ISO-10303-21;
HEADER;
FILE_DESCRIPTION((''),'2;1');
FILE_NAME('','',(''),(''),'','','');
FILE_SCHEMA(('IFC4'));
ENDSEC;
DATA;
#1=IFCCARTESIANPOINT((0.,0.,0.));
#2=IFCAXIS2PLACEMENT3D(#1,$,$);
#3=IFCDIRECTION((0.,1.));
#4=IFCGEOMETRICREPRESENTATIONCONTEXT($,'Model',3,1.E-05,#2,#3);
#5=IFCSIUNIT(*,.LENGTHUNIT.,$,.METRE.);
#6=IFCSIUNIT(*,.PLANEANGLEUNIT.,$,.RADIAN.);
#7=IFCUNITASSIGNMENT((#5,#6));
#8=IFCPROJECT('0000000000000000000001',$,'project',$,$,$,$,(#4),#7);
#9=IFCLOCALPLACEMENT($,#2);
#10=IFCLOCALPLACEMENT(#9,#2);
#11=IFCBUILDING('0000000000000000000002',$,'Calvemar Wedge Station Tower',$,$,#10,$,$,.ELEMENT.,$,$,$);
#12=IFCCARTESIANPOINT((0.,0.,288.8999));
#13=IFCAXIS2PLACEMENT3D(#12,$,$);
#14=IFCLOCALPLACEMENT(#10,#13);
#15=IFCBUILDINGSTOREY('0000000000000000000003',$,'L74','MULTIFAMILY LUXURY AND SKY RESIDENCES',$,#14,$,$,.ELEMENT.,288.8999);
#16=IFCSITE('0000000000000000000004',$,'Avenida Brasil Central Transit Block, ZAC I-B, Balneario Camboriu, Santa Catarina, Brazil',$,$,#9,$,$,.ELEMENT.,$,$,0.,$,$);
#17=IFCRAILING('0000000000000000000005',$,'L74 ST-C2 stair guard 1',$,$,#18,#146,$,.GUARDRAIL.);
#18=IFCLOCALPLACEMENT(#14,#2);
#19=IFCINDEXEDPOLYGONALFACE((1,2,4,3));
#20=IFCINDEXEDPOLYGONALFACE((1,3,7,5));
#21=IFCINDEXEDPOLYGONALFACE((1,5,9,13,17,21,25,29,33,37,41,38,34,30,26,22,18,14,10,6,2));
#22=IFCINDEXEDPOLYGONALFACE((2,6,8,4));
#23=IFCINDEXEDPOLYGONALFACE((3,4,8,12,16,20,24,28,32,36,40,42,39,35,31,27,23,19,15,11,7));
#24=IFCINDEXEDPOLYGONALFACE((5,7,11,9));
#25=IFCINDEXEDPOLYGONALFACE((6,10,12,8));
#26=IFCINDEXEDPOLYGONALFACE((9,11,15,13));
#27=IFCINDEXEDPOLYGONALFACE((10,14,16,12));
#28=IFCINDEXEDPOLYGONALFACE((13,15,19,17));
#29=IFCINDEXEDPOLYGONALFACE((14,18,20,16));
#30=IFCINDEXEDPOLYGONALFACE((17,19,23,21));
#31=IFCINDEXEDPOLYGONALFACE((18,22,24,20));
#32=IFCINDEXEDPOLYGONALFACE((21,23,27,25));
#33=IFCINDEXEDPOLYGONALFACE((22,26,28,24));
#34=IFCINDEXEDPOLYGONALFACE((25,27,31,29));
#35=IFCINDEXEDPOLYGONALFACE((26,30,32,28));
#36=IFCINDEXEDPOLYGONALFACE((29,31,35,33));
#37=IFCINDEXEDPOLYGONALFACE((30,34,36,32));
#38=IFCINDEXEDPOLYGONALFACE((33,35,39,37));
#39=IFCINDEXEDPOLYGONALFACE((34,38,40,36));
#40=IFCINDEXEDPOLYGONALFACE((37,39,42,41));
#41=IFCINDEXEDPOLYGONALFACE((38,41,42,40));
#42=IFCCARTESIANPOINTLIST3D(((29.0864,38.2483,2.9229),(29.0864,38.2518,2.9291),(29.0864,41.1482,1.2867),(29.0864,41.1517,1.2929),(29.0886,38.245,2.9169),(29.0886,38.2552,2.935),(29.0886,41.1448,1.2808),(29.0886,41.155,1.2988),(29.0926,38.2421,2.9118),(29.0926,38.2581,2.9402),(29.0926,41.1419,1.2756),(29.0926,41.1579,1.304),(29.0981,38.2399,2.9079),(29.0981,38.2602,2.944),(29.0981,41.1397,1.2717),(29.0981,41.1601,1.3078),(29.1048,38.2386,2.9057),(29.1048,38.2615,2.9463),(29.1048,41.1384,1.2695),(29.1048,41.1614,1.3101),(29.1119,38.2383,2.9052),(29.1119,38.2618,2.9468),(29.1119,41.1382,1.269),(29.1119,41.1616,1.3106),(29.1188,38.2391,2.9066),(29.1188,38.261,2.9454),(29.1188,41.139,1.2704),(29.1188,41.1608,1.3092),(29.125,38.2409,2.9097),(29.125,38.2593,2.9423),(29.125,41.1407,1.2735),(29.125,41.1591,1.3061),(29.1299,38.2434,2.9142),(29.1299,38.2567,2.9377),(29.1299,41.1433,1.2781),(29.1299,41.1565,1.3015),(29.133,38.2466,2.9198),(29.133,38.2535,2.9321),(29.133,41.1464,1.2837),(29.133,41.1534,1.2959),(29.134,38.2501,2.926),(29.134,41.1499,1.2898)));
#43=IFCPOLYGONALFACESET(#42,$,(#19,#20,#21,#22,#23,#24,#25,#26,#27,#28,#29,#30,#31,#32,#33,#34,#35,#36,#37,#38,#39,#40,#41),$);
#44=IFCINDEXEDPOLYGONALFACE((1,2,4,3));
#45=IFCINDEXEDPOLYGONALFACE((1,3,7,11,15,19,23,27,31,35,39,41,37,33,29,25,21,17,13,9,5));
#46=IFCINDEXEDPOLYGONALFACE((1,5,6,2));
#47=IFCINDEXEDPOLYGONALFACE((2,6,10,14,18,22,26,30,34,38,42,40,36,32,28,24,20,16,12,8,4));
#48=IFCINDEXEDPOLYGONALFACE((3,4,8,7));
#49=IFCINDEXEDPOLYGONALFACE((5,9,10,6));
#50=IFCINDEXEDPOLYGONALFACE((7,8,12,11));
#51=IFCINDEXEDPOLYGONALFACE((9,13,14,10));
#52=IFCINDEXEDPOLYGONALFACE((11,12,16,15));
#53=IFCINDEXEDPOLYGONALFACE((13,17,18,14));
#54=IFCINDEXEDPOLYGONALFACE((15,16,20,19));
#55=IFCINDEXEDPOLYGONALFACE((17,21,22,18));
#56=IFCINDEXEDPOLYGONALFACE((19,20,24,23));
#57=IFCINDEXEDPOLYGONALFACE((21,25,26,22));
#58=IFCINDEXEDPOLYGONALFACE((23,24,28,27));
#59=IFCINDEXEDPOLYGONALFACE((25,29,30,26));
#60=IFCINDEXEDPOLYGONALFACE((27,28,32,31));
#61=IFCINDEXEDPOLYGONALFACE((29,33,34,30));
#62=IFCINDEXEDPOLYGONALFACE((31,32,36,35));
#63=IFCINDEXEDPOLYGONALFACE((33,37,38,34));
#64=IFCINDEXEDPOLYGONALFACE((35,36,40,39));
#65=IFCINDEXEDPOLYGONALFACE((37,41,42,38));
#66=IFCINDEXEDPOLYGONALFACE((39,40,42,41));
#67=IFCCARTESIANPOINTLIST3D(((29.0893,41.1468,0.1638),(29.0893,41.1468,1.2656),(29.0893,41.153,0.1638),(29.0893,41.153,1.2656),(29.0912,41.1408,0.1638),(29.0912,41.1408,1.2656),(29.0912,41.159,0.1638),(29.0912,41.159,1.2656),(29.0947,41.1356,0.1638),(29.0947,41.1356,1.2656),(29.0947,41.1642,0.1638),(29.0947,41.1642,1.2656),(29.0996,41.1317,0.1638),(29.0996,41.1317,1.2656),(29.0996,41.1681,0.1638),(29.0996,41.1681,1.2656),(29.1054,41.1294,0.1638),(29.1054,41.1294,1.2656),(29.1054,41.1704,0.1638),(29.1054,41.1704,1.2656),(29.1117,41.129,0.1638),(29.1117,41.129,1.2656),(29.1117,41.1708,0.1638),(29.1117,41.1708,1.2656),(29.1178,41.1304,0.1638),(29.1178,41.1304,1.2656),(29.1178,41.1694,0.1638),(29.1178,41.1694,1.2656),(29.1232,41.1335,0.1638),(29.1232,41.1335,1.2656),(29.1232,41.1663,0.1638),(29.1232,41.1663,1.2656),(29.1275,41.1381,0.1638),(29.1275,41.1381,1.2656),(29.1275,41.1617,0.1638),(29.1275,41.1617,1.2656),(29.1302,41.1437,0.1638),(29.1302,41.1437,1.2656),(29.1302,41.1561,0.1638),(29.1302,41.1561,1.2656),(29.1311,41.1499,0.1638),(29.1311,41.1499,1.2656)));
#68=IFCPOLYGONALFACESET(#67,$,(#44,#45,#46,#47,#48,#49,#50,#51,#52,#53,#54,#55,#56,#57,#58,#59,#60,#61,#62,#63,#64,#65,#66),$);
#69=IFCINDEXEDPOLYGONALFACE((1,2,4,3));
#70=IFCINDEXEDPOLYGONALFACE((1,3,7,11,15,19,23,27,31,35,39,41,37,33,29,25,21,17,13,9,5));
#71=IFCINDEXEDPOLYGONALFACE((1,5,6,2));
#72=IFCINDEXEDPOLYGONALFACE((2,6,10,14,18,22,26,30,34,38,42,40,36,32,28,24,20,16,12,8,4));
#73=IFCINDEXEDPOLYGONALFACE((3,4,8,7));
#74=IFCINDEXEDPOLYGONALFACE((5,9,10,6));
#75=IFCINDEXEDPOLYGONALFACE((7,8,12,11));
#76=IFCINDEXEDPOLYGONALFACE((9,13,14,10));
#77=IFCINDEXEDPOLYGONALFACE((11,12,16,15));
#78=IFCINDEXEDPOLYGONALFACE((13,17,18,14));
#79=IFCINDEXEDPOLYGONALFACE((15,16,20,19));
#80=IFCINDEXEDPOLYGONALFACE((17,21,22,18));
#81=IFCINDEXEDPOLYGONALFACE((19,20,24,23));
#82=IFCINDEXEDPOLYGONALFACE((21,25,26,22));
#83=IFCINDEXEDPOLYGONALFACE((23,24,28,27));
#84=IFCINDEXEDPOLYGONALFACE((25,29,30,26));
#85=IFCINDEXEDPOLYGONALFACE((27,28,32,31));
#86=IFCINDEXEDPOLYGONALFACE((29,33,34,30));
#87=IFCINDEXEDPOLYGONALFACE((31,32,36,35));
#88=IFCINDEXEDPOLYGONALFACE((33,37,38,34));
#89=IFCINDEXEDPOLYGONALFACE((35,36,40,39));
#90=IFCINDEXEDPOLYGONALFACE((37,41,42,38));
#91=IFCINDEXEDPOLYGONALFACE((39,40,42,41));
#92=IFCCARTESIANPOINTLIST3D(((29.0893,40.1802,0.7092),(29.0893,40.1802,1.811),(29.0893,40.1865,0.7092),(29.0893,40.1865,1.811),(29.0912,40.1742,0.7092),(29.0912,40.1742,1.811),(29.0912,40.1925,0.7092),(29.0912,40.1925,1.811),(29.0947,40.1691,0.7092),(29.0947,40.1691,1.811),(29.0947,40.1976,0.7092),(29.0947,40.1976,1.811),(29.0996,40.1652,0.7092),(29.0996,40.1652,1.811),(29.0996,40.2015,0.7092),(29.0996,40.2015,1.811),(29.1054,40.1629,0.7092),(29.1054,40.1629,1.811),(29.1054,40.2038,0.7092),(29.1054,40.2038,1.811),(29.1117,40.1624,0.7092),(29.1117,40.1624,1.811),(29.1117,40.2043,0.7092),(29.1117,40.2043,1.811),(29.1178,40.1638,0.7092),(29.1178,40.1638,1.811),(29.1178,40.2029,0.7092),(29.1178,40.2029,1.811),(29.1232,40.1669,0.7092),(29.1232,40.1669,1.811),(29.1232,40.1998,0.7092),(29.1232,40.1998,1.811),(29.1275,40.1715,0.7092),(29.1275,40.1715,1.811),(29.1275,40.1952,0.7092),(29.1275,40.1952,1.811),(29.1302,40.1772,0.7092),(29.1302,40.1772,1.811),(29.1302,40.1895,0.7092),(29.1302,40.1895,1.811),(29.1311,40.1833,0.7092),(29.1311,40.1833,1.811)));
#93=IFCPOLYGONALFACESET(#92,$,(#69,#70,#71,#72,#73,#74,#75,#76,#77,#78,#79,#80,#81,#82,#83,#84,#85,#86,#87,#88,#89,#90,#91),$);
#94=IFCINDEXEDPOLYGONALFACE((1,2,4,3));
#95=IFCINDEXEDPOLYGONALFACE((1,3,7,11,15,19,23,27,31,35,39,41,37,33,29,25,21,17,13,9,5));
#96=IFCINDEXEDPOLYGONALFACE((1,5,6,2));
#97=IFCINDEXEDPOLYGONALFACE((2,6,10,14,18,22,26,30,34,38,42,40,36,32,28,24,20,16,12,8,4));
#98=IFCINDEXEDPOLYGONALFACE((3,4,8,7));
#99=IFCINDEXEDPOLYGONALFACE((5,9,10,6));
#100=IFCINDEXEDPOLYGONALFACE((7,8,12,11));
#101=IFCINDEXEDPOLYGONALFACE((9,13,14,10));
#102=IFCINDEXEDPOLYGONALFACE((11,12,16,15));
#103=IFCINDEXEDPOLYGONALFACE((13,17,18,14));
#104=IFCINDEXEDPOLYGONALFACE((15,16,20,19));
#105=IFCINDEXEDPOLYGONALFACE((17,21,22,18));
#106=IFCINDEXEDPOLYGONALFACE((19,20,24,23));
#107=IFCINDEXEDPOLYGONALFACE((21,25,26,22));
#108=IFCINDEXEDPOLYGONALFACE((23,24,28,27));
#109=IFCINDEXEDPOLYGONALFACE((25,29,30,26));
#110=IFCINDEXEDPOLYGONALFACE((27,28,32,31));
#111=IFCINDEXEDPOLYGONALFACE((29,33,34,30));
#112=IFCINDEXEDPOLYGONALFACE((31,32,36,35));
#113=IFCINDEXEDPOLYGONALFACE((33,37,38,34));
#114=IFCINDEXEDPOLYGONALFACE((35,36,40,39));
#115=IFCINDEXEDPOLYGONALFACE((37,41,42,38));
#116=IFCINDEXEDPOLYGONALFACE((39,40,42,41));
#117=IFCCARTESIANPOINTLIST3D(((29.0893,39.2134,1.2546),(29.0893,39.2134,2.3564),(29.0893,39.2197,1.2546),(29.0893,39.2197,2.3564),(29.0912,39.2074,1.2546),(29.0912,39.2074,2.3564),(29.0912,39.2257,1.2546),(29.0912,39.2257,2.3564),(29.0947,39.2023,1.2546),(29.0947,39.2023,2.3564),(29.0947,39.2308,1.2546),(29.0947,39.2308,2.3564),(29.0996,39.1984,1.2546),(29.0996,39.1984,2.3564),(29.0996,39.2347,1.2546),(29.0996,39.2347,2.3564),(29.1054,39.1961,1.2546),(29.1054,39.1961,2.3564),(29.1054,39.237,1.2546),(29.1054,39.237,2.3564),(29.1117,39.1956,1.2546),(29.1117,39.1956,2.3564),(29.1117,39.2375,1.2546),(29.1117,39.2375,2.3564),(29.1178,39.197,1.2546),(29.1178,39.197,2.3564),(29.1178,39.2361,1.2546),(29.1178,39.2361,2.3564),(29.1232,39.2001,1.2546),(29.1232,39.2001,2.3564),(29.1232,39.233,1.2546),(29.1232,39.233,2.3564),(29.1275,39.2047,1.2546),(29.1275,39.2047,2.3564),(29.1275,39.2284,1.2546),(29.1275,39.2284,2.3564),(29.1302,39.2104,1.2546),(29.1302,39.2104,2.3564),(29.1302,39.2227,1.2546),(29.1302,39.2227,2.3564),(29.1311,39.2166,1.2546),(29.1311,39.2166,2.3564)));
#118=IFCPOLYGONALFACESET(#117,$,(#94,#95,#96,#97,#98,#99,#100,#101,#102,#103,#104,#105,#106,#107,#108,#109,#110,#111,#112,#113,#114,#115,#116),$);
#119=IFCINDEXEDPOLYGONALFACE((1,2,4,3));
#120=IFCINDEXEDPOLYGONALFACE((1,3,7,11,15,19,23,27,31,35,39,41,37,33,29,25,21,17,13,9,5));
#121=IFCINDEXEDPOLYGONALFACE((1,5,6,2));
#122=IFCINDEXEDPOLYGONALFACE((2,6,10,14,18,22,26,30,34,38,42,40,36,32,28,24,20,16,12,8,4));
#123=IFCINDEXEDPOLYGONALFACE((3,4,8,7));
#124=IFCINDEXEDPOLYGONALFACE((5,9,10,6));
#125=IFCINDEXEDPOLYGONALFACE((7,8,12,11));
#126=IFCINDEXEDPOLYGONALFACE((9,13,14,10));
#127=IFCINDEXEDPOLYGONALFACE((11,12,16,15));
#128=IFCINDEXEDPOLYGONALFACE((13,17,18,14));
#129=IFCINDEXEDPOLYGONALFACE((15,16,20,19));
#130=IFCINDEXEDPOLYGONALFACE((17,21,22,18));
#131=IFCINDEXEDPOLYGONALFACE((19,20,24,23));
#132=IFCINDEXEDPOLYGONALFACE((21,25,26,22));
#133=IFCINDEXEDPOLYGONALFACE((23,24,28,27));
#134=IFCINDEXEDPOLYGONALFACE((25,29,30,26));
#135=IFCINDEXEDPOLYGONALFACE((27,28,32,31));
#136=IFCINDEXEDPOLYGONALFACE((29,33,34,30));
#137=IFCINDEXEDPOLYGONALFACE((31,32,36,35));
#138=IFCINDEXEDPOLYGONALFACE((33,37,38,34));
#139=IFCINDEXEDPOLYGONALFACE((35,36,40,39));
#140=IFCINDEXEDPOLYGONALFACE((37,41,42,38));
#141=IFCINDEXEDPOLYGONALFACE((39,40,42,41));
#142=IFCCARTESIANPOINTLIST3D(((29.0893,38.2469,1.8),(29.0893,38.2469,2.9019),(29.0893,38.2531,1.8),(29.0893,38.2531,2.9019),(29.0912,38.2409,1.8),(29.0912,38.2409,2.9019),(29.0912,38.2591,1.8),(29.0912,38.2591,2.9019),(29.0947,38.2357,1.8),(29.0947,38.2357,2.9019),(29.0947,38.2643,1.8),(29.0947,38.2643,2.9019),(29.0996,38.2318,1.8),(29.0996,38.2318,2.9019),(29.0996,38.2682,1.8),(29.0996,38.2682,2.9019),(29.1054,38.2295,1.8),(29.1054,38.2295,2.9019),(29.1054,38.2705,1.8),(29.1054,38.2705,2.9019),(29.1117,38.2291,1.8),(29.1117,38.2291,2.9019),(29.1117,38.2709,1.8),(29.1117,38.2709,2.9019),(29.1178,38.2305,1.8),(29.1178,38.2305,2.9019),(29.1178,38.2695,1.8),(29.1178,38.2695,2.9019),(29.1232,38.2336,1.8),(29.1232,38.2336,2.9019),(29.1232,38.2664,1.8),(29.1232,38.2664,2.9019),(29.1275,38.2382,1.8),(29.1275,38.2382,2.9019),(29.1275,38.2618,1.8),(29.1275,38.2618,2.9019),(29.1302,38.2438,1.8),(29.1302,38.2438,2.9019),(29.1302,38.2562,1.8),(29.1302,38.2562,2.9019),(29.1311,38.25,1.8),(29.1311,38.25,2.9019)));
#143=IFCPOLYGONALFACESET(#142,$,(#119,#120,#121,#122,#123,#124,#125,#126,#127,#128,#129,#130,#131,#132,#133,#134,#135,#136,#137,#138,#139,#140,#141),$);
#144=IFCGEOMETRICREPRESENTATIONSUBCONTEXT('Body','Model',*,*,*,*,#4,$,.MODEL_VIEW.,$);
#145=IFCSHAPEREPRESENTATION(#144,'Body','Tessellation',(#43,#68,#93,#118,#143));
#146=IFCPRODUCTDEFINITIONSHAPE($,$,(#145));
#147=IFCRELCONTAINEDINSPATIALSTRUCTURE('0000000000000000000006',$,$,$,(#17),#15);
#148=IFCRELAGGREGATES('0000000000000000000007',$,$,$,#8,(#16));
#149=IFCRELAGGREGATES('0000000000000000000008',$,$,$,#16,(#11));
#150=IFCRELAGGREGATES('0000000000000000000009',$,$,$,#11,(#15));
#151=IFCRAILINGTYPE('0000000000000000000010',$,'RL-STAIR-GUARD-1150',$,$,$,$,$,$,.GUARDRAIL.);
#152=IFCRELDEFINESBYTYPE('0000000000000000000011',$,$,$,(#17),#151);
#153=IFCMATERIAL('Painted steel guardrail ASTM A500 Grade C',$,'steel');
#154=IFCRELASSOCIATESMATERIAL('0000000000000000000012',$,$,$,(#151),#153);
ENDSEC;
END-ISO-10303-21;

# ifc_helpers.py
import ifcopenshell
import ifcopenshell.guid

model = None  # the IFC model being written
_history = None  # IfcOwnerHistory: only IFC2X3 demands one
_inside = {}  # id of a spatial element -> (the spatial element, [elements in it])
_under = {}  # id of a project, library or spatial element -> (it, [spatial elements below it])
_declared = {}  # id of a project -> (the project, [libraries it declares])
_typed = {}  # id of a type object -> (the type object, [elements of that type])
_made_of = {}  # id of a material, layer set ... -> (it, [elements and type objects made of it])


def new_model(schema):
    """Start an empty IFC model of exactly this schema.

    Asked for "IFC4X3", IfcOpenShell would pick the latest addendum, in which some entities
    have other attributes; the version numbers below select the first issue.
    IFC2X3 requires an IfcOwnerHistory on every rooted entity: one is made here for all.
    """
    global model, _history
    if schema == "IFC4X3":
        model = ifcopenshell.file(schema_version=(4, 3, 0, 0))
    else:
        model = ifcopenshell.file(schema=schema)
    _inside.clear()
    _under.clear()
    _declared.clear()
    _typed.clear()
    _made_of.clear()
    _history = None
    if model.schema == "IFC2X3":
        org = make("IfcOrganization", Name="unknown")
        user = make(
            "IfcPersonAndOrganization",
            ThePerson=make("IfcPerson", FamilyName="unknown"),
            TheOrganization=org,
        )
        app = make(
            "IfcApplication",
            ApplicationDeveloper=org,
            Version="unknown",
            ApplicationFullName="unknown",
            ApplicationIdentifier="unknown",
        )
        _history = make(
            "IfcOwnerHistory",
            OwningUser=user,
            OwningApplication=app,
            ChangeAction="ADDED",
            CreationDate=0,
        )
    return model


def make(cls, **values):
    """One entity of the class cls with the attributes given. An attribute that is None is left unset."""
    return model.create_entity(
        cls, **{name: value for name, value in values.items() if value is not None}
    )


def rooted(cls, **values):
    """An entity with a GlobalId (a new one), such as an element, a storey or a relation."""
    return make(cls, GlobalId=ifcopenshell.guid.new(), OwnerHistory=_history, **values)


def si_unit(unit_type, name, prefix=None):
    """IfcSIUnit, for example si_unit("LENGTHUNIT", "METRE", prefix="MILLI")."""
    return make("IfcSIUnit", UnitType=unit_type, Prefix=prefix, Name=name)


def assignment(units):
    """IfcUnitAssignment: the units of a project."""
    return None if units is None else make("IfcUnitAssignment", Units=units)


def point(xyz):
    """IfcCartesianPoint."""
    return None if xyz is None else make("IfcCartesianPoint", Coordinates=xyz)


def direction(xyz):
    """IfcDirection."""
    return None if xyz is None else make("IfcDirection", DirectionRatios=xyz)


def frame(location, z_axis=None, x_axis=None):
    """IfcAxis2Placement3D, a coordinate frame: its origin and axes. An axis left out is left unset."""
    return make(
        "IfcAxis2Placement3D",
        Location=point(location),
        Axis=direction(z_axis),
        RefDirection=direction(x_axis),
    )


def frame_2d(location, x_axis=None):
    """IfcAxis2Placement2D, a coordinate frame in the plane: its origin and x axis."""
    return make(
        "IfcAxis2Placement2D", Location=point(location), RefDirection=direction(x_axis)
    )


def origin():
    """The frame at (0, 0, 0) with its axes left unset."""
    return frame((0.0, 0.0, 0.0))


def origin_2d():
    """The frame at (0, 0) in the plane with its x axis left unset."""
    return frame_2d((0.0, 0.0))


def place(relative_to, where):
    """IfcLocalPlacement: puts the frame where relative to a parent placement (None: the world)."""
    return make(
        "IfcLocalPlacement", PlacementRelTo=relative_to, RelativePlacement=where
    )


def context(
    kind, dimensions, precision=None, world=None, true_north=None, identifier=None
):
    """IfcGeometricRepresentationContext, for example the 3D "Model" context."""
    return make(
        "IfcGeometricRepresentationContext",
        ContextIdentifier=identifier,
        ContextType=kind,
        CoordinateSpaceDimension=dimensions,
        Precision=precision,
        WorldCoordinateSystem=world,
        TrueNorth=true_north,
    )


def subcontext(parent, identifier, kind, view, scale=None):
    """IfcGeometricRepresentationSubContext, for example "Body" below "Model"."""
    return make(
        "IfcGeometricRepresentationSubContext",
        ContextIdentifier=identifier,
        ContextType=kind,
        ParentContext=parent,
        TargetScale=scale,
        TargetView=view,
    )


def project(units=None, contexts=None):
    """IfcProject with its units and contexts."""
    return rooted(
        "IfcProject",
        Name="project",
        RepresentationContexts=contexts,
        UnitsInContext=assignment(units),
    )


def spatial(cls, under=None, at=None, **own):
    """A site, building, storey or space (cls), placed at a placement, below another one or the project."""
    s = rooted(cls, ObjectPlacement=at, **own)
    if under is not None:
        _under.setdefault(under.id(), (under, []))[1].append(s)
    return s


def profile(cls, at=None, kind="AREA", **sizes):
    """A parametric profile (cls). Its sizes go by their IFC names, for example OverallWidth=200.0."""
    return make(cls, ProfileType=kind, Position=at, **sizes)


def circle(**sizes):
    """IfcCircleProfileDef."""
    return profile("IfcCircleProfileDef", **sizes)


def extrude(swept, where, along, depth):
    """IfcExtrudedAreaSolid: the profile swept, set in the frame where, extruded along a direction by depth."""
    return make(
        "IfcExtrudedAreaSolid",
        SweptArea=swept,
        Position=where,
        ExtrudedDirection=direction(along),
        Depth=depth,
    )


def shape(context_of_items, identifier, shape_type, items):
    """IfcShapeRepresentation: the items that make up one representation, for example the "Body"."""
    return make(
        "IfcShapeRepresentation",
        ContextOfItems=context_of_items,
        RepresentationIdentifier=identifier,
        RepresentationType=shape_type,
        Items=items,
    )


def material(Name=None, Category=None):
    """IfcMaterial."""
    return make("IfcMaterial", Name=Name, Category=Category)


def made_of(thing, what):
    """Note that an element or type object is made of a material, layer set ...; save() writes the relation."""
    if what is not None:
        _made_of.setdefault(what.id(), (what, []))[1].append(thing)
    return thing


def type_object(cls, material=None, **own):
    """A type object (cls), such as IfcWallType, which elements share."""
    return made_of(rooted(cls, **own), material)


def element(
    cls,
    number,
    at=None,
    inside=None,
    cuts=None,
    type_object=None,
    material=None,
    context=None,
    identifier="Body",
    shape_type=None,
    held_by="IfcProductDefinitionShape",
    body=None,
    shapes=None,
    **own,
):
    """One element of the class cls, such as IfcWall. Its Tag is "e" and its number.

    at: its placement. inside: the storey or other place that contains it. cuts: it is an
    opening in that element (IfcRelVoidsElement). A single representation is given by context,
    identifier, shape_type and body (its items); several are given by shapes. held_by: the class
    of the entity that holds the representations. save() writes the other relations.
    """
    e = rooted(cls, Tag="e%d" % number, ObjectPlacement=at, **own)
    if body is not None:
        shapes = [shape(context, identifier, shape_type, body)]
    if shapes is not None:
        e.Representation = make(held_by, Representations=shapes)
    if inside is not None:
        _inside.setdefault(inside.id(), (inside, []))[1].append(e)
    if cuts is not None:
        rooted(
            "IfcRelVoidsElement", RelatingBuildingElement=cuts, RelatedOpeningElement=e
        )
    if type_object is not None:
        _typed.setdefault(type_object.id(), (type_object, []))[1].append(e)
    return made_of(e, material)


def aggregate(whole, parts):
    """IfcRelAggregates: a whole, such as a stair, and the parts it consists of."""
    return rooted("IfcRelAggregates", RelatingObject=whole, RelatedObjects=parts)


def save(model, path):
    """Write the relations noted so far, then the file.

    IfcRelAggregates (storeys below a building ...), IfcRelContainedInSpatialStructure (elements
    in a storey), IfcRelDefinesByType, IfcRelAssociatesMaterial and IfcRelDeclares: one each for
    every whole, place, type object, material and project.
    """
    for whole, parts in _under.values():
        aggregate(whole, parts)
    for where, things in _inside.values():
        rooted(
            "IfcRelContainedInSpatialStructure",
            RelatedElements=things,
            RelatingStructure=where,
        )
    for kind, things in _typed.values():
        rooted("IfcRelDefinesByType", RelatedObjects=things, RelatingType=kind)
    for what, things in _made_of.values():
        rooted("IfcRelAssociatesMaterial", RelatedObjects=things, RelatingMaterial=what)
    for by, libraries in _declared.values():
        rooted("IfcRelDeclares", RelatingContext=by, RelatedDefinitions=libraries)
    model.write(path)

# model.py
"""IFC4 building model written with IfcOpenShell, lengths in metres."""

from ifc_helpers import new_model, si_unit, direction, frame, origin, origin_2d, place, context, subcontext, project, spatial, circle, extrude, material, type_object, element, save


model = new_model("IFC4")

# Units and contexts
model_context = context("Model", 3, precision=1e-05, world=origin(), true_north=direction((0.0, 1.0)))
body_context = subcontext(model_context, "Body", "Model", "MODEL_VIEW")
ifc_project = project(units=[si_unit("LENGTHUNIT", "METRE"), si_unit("PLANEANGLEUNIT", "RADIAN")], contexts=[model_context])

# Site, building, storey
site_placement = place(None, origin())
site = spatial("IfcSite", under=ifc_project, at=site_placement, Name="Avenida Brasil Central Transit Block, ZAC I-B, Balneario Camboriu, Santa Catarina, Brazil", CompositionType="ELEMENT", RefElevation=0.0)
building_placement = place(site_placement, origin())
building = spatial("IfcBuilding", under=site, at=building_placement, Name="Calvemar Wedge Station Tower", CompositionType="ELEMENT")
storey_placement = place(building_placement, frame((0.0, 0.0, 288.8999)))
storey = spatial("IfcBuildingStorey", under=building, at=storey_placement, Name="L74", Description="MULTIFAMILY LUXURY AND SKY RESIDENCES", CompositionType="ELEMENT", Elevation=288.8999)

# Railing
ifc_material_1 = material(Name="Painted steel guardrail ASTM A500 Grade C", Category="steel")
railing_type_1 = type_object("IfcRailingType", Name="RL-STAIR-GUARD-1150", PredefinedType="GUARDRAIL", material=ifc_material_1)
railing_1_placement = place(storey_placement, frame((29.1101, 41.1499, 0.1638)))
element("IfcRailing", 1, at=railing_1_placement, inside=storey, type_object=railing_type_1, Name="L74 ST-C2 stair guard 1", PredefinedType="GUARDRAIL", context=body_context, shape_type="SweptSolid", body=[
    extrude(circle(Radius=0.0239, at=origin_2d()), frame((0.0, 0.0, 1.126), z_axis=(0.0, -0.870929, 0.49141), x_axis=(1.0, 0.0, 0.0)), (0.0, 0.0, 1.0), 3.3296),
    extrude(circle(Radius=0.021, at=origin_2d()), origin(), (0.0, 0.0, 1.0), 1.1018),
    extrude(circle(Radius=0.021, at=origin_2d()), frame((0.0, -0.9666, 0.5454)), (0.0, 0.0, 1.0), 1.1018),
    extrude(circle(Radius=0.021, at=origin_2d()), frame((0.0, -1.9333, 1.0908)), (0.0, 0.0, 1.0), 1.1018),
    extrude(circle(Radius=0.021, at=origin_2d()), frame((0.0, -2.8999, 1.6362)), (0.0, 0.0, 1.0), 1.1018),
])

save(model, "model.ifc")
